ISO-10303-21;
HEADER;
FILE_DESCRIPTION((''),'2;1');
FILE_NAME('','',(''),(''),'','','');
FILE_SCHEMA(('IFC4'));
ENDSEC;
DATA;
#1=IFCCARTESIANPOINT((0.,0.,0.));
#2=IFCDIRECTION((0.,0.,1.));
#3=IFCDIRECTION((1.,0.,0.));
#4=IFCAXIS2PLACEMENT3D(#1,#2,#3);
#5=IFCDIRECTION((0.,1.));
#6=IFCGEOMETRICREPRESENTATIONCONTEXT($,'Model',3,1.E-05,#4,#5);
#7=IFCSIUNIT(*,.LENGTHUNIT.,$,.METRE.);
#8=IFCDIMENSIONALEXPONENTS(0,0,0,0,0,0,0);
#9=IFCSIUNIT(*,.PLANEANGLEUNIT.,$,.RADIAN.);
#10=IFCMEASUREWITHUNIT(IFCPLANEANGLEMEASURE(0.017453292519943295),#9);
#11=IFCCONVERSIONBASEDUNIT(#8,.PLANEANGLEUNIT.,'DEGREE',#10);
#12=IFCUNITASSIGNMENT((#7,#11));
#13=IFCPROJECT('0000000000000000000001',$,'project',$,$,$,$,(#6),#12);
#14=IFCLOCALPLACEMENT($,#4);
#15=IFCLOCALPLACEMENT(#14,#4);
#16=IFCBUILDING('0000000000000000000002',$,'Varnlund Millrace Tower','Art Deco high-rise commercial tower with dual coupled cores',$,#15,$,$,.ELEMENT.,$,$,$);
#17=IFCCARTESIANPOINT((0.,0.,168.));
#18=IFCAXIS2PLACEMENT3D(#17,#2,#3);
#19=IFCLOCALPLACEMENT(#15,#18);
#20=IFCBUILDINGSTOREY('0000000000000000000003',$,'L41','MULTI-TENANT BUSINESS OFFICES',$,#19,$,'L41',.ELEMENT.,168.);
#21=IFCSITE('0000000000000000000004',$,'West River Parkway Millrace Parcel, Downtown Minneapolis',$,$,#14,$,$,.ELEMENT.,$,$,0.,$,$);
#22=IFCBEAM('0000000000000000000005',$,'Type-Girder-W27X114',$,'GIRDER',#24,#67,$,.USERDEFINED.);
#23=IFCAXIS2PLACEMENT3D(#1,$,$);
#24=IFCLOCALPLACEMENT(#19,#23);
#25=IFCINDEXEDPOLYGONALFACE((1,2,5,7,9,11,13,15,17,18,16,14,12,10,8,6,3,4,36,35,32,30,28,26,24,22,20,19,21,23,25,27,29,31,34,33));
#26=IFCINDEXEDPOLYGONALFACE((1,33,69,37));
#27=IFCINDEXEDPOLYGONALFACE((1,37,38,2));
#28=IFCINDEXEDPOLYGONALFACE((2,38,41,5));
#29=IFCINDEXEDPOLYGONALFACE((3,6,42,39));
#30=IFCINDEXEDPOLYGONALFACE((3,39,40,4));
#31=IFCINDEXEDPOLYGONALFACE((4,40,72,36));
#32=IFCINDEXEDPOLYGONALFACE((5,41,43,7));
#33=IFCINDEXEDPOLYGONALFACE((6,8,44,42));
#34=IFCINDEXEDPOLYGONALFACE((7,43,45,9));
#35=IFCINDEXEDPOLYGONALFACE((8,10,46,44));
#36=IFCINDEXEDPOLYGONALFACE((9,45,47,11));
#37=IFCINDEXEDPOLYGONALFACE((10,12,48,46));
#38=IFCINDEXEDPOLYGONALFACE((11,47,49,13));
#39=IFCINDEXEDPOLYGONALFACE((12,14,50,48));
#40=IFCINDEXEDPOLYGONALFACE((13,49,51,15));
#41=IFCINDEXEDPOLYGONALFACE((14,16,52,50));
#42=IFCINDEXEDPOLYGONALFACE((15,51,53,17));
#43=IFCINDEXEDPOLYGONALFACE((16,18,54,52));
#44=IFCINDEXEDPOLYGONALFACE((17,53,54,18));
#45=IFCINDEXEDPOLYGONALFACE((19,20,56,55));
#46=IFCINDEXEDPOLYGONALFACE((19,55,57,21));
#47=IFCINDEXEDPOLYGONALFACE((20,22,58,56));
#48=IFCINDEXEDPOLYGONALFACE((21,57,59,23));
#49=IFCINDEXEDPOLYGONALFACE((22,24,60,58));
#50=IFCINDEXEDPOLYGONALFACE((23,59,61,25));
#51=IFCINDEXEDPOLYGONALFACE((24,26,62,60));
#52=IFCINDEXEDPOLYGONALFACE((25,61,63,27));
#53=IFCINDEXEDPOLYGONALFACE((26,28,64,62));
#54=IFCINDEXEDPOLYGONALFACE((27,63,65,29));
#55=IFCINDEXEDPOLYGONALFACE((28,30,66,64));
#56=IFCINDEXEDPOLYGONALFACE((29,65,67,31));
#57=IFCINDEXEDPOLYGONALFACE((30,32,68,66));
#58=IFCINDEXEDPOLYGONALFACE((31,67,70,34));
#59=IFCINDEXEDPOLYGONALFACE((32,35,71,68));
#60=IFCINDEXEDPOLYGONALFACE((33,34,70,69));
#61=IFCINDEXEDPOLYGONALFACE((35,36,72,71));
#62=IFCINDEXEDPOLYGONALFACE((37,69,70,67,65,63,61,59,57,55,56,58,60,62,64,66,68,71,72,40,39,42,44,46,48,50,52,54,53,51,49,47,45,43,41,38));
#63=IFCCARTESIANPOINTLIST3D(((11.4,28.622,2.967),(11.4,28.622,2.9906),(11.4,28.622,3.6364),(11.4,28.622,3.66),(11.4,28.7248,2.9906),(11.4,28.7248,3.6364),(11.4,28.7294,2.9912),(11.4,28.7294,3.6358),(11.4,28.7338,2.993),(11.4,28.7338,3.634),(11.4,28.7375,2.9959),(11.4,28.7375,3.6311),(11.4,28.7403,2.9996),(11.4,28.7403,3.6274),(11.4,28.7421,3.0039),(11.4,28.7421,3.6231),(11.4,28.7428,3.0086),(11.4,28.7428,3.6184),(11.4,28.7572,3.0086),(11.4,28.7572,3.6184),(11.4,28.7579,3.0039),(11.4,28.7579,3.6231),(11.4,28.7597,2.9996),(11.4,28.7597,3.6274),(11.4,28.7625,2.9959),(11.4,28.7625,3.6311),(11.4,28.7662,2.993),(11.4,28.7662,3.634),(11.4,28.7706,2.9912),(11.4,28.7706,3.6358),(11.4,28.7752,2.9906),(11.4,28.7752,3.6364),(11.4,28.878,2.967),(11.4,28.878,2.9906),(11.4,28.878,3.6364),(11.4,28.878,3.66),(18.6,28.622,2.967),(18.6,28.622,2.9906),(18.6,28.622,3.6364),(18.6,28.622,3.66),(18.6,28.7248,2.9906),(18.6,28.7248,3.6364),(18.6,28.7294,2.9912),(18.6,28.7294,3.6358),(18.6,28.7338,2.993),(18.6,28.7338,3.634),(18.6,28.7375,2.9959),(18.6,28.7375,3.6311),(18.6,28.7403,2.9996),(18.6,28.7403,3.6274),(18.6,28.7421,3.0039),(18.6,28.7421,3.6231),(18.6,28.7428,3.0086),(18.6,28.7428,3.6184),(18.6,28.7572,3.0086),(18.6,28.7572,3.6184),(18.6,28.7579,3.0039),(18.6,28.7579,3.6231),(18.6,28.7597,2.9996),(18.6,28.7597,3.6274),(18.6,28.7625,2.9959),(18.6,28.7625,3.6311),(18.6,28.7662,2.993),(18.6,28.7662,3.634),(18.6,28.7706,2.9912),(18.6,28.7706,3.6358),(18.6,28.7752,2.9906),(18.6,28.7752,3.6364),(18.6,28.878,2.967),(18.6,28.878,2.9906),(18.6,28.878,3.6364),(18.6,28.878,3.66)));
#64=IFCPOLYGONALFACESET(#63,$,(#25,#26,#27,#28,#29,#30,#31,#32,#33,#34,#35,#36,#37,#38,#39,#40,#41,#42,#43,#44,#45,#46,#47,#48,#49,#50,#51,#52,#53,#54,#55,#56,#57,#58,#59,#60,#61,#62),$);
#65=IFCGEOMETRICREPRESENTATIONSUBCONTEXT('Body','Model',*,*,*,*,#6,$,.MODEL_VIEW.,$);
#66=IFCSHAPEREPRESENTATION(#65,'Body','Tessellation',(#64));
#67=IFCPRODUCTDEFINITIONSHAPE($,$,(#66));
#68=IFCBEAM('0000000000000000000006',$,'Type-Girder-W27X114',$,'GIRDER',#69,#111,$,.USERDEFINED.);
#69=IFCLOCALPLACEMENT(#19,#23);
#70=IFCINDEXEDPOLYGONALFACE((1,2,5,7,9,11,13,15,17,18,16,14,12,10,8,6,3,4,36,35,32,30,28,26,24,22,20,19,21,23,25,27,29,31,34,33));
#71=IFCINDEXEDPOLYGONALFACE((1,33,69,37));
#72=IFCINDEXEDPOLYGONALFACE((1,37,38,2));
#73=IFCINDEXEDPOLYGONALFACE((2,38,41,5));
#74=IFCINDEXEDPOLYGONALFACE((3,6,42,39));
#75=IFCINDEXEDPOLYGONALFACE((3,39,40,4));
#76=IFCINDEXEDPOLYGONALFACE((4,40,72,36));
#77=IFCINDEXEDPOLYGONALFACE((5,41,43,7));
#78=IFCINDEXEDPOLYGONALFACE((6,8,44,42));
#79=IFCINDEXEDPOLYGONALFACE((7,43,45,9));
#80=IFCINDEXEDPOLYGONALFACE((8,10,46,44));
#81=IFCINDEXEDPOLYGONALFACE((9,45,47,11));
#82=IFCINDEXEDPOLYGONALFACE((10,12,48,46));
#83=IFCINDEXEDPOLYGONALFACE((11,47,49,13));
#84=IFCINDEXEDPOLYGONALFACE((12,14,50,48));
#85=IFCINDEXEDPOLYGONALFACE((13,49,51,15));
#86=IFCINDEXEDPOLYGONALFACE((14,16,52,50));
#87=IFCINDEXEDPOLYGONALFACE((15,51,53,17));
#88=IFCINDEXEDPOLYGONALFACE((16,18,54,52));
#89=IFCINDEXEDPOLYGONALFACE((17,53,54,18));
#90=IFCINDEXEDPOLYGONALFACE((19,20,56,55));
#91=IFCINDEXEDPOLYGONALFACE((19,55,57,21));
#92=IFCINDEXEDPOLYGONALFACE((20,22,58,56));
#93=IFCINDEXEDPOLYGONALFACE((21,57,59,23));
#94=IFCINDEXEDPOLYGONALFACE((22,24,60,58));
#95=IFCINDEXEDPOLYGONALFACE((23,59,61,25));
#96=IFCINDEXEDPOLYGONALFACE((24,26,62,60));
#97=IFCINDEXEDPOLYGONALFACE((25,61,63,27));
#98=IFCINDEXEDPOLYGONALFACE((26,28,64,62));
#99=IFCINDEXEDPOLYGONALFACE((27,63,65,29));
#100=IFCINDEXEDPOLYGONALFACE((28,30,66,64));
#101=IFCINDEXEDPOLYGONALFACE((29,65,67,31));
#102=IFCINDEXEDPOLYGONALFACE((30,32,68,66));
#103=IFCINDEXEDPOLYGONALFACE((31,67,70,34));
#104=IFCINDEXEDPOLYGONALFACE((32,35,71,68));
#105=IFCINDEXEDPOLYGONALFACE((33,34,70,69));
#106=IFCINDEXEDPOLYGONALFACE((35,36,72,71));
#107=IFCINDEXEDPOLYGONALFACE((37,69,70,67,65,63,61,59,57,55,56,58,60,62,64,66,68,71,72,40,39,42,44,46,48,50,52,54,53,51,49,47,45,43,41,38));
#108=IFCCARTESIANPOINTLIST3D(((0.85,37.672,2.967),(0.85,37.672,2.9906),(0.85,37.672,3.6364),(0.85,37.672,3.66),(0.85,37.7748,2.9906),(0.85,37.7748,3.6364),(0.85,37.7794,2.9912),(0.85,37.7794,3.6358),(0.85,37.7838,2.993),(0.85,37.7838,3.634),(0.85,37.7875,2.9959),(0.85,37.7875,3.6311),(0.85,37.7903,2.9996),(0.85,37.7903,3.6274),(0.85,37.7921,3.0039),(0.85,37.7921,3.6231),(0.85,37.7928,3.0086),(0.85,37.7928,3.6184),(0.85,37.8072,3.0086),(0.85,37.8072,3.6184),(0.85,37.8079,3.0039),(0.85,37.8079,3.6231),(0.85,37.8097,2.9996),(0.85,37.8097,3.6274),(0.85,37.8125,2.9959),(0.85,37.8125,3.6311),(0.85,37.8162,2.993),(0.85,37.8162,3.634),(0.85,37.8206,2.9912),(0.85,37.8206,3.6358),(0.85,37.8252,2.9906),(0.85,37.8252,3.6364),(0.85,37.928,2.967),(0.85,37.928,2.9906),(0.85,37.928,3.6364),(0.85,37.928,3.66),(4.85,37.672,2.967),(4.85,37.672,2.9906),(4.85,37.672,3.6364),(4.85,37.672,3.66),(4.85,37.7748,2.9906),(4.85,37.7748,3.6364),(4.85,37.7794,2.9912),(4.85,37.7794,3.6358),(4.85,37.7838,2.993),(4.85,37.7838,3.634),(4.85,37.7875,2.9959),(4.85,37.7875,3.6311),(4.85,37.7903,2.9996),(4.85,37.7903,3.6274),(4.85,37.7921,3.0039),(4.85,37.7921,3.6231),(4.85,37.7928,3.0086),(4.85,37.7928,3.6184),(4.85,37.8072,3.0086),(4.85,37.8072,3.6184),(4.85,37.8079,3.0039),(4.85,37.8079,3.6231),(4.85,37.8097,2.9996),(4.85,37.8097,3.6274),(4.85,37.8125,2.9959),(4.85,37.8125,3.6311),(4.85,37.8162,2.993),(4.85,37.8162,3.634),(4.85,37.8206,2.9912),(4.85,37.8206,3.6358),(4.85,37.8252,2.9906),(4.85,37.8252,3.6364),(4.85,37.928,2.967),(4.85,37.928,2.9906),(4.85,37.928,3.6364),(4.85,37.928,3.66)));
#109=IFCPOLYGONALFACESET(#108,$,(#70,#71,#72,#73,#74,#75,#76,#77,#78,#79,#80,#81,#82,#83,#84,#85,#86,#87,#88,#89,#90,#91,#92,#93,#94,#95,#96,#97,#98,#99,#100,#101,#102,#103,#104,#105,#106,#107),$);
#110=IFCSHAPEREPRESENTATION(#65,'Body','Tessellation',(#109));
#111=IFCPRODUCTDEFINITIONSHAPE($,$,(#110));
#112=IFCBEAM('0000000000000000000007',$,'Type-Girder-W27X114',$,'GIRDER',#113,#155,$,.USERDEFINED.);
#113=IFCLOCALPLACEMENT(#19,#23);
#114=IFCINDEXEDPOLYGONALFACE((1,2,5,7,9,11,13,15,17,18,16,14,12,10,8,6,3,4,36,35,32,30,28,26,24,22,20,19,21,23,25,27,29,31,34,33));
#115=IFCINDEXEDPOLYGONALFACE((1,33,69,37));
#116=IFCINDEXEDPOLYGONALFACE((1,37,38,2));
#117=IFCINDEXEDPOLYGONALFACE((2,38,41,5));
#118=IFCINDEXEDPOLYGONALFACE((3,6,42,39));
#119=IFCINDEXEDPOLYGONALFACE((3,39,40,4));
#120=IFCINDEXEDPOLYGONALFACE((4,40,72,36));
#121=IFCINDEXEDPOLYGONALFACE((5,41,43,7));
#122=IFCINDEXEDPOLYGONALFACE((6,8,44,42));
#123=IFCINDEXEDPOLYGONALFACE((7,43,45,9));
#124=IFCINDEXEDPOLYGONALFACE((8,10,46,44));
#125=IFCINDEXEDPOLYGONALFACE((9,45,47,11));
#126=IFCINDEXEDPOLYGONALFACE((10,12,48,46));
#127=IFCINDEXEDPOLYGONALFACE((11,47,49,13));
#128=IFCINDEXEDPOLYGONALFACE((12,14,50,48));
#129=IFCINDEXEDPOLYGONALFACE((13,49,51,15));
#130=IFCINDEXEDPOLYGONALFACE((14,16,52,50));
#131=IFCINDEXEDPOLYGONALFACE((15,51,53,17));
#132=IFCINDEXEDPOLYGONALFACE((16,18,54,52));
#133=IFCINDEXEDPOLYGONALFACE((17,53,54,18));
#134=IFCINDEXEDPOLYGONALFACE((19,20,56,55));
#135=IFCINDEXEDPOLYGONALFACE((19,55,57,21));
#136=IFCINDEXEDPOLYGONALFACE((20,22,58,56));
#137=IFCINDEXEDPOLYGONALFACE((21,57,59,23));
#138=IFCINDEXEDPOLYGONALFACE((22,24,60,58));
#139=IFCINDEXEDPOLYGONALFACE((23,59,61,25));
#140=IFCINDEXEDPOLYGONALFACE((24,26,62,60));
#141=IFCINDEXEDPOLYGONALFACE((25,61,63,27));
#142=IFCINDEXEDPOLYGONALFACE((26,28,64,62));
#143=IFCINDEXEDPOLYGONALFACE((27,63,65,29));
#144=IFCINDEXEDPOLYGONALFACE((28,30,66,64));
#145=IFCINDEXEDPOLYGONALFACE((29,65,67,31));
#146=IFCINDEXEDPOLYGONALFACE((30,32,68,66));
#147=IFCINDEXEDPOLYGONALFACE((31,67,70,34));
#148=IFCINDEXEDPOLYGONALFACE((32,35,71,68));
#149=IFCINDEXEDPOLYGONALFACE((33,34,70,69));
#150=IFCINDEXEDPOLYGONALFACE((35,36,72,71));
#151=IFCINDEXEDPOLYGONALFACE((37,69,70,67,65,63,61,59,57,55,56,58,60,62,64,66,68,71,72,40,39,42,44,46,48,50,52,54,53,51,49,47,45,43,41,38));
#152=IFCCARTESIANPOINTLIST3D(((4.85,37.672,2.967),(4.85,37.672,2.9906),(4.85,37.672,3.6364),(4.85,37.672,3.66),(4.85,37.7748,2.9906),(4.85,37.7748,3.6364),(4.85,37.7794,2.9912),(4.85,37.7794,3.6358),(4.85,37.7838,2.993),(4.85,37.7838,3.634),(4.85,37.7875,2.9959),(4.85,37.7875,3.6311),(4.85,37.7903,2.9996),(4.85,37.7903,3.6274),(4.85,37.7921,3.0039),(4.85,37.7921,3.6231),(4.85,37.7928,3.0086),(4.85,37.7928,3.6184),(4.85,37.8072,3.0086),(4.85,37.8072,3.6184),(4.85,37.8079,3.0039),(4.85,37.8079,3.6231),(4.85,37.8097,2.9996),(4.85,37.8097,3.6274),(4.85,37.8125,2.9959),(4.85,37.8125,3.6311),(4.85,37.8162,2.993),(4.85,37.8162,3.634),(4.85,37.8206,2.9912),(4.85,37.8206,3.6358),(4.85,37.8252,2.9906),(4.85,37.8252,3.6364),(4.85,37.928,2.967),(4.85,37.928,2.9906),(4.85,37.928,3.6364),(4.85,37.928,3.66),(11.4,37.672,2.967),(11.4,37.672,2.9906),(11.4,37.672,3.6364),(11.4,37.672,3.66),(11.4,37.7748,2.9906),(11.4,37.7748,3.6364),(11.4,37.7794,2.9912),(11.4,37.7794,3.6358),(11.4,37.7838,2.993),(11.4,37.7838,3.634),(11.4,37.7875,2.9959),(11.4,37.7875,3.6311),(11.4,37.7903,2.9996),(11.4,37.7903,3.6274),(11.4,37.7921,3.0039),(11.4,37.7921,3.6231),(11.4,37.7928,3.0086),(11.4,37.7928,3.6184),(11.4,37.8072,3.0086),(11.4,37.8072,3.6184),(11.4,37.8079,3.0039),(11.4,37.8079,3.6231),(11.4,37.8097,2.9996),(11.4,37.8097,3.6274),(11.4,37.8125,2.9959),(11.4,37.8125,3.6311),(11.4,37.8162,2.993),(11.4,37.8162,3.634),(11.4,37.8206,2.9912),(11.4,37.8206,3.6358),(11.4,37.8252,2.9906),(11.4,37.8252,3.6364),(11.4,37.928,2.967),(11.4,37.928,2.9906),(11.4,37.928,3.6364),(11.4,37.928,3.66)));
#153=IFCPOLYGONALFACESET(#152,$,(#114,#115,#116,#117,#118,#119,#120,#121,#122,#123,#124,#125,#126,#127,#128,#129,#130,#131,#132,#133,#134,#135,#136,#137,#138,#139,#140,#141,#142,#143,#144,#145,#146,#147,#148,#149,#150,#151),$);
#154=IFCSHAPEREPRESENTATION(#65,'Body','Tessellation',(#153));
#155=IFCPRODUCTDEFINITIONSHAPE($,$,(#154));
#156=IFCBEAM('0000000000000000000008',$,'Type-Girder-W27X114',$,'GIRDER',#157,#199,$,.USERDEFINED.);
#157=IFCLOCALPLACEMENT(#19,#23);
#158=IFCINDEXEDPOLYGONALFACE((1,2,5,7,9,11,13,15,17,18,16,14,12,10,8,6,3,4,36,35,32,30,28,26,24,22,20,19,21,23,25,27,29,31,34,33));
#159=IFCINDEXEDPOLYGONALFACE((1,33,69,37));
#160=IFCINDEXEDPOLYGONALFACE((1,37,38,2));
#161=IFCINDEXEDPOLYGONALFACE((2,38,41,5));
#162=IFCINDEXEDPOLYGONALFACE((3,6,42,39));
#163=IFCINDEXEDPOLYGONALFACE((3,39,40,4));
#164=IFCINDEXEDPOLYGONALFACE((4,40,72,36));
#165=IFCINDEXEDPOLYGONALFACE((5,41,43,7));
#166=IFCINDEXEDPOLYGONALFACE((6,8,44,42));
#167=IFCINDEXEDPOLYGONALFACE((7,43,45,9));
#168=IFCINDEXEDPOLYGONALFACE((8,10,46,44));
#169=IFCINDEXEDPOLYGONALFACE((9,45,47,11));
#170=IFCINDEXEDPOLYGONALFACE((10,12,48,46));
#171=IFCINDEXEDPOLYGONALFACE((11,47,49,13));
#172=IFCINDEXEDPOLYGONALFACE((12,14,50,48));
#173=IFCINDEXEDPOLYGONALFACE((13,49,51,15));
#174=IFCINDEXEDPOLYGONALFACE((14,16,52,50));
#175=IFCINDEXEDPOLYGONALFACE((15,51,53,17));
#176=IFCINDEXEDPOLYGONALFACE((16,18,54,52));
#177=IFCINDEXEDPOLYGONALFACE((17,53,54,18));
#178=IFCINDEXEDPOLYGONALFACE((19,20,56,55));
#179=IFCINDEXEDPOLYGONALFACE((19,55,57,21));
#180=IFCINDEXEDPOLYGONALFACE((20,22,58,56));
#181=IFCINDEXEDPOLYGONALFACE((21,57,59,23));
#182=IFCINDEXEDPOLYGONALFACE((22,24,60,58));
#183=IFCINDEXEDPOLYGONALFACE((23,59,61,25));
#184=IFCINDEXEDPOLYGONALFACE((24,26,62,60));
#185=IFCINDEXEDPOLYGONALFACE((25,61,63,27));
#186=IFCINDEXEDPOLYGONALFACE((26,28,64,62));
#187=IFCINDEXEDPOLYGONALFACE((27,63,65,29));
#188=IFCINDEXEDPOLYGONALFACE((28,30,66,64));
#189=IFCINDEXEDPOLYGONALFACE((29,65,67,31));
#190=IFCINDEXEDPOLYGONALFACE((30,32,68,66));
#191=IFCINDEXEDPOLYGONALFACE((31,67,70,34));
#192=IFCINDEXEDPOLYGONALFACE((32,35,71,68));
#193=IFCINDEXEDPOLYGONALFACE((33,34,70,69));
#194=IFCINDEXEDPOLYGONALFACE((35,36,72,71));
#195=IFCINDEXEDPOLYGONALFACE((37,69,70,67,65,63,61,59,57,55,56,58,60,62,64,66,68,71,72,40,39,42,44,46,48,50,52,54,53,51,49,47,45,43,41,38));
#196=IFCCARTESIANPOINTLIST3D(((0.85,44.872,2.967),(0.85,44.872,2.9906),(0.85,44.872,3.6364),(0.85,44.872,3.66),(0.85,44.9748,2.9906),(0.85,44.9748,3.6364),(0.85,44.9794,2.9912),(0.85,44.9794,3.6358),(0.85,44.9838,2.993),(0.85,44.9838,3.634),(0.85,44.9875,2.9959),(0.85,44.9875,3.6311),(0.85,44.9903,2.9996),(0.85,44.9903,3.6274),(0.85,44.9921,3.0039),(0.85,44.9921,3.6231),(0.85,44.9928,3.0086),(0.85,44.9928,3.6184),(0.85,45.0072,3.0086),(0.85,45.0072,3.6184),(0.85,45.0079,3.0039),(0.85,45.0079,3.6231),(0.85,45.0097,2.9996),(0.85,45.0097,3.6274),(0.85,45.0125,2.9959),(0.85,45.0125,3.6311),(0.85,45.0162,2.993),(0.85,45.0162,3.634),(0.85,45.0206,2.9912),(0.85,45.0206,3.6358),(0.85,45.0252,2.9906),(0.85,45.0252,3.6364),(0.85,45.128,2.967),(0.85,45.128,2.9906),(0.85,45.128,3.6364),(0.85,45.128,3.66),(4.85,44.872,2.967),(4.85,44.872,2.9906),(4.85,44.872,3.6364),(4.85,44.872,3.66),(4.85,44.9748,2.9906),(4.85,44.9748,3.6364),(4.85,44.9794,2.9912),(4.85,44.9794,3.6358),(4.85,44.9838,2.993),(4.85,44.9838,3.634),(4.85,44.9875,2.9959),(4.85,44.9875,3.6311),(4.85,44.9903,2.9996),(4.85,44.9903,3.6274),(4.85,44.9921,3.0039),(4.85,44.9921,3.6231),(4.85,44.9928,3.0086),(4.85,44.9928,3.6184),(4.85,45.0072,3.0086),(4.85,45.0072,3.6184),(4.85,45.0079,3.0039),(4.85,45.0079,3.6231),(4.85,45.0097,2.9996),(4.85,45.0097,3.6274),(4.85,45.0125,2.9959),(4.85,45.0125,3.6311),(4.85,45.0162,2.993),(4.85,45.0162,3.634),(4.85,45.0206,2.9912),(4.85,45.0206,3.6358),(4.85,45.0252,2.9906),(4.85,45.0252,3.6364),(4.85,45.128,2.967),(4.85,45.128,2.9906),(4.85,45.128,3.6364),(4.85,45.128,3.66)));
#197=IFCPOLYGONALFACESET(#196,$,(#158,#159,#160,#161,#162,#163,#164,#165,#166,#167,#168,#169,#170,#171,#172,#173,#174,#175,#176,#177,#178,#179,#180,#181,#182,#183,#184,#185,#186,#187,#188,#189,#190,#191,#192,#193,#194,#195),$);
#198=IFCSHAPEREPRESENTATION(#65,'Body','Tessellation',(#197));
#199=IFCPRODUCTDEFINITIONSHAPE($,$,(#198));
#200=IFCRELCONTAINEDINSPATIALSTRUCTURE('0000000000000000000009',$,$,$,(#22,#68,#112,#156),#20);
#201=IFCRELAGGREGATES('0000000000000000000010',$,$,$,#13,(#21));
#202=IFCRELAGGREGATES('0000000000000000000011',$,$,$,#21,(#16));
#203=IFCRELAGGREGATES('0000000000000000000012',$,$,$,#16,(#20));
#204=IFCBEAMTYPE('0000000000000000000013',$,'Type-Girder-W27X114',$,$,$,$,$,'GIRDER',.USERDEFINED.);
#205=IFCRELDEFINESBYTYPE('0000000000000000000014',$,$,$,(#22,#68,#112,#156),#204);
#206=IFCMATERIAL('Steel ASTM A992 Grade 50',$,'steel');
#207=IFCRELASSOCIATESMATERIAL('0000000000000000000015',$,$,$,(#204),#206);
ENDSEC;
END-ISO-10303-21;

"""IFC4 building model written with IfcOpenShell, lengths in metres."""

from ifc_helpers import new_model, entity, si_unit, converted_unit, direction, frame, origin_with_axes, origin_2d_with_axis, place, context, subcontext, project, spatial, i_section, extrude, material, material_profile, profile_set, type_object, element, save


model = new_model("IFC4")

# Units and contexts
model_context = context("Model", 3, precision=1e-05, world=origin_with_axes(), true_north=direction((0.0, 1.0)))
body_context = subcontext(model_context, "Body", "Model", "MODEL_VIEW")
ifc_project = project(units=[si_unit("LENGTHUNIT", "METRE"), converted_unit("PLANEANGLEUNIT", "DEGREE", entity("IfcPlaneAngleMeasure", 0.017453292519943295), si_unit("PLANEANGLEUNIT", "RADIAN"), dimensions=[0, 0, 0, 0, 0, 0, 0])], contexts=[model_context])

# Site, building, storey
site_placement = place(None, origin_with_axes())
site = spatial("IfcSite", under=ifc_project, at=site_placement, Name="West River Parkway Millrace Parcel, Downtown Minneapolis", CompositionType="ELEMENT", RefElevation=0.0)
building_placement = place(site_placement, origin_with_axes())
building = spatial("IfcBuilding", under=site, at=building_placement, Name="Varnlund Millrace Tower", Description="Art Deco high-rise commercial tower with dual coupled cores", CompositionType="ELEMENT")
storey_placement = place(building_placement, frame((0.0, 0.0, 168.0), z_axis=(0.0, 0.0, 1.0), x_axis=(1.0, 0.0, 0.0)))
storey = spatial("IfcBuildingStorey", under=building, at=storey_placement, Name="L41", Description="MULTI-TENANT BUSINESS OFFICES", LongName="L41", CompositionType="ELEMENT", Elevation=168.0)

# Beams
ifc_material_1 = material(Name="Steel ASTM A992 Grade 50", Category="steel")
ifc_material_profile_1 = material_profile(ifc_material_1, i_section(OverallWidth=0.256, OverallDepth=0.693, WebThickness=0.0145, FlangeThickness=0.0236, FilletRadius=0.018, at=origin_2d_with_axis()), Name="Steel ASTM A992 Grade 50")
ifc_profile_set_1 = profile_set([ifc_material_profile_1], Name="Steel ASTM A992 Grade 50")
beam_type_1 = type_object("IfcBeamType", Name="Type-Girder-W27X114", ElementType="GIRDER", PredefinedType="USERDEFINED", material=ifc_profile_set_1)
beam_1_placement = place(storey_placement, frame((11.4, 28.75, 3.3135), z_axis=(1.0, 0.0, 0.0), x_axis=(0.0, 1.0, 0.0)))
element("IfcBeam", 1, at=beam_1_placement, inside=storey, type_object=beam_type_1, Name="Type-Girder-W27X114", ObjectType="GIRDER", PredefinedType="USERDEFINED", context=body_context, shape_type="SweptSolid", body=[
    extrude(i_section(OverallWidth=0.256, OverallDepth=0.693, WebThickness=0.0145, FlangeThickness=0.0236, FilletRadius=0.018, at=origin_2d_with_axis()), origin_with_axes(), (0.0, 0.0, 1.0), 7.2),
])
beam_2_placement = place(storey_placement, frame((0.85, 37.8, 3.3135), z_axis=(1.0, 0.0, 0.0), x_axis=(0.0, 1.0, 0.0)))
element("IfcBeam", 2, at=beam_2_placement, inside=storey, type_object=beam_type_1, Name="Type-Girder-W27X114", ObjectType="GIRDER", PredefinedType="USERDEFINED", context=body_context, shape_type="SweptSolid", body=[
    extrude(i_section(OverallWidth=0.256, OverallDepth=0.693, WebThickness=0.0145, FlangeThickness=0.0236, FilletRadius=0.018, at=origin_2d_with_axis()), origin_with_axes(), (0.0, 0.0, 1.0), 4.0),
])
beam_3_placement = place(storey_placement, frame((4.85, 37.8, 3.3135), z_axis=(1.0, 0.0, 0.0), x_axis=(0.0, 1.0, 0.0)))
element("IfcBeam", 3, at=beam_3_placement, inside=storey, type_object=beam_type_1, Name="Type-Girder-W27X114", ObjectType="GIRDER", PredefinedType="USERDEFINED", context=body_context, shape_type="SweptSolid", body=[
    extrude(i_section(OverallWidth=0.256, OverallDepth=0.693, WebThickness=0.0145, FlangeThickness=0.0236, FilletRadius=0.018, at=origin_2d_with_axis()), origin_with_axes(), (0.0, 0.0, 1.0), 6.55),
])
beam_4_placement = place(storey_placement, frame((0.85, 45.0, 3.3135), z_axis=(1.0, 0.0, 0.0), x_axis=(0.0, 1.0, 0.0)))
element("IfcBeam", 4, at=beam_4_placement, inside=storey, type_object=beam_type_1, Name="Type-Girder-W27X114", ObjectType="GIRDER", PredefinedType="USERDEFINED", context=body_context, shape_type="SweptSolid", body=[
    extrude(i_section(OverallWidth=0.256, OverallDepth=0.693, WebThickness=0.0145, FlangeThickness=0.0236, FilletRadius=0.018, at=origin_2d_with_axis()), origin_with_axes(), (0.0, 0.0, 1.0), 4.0),
])

save(model, "model.ifc")
